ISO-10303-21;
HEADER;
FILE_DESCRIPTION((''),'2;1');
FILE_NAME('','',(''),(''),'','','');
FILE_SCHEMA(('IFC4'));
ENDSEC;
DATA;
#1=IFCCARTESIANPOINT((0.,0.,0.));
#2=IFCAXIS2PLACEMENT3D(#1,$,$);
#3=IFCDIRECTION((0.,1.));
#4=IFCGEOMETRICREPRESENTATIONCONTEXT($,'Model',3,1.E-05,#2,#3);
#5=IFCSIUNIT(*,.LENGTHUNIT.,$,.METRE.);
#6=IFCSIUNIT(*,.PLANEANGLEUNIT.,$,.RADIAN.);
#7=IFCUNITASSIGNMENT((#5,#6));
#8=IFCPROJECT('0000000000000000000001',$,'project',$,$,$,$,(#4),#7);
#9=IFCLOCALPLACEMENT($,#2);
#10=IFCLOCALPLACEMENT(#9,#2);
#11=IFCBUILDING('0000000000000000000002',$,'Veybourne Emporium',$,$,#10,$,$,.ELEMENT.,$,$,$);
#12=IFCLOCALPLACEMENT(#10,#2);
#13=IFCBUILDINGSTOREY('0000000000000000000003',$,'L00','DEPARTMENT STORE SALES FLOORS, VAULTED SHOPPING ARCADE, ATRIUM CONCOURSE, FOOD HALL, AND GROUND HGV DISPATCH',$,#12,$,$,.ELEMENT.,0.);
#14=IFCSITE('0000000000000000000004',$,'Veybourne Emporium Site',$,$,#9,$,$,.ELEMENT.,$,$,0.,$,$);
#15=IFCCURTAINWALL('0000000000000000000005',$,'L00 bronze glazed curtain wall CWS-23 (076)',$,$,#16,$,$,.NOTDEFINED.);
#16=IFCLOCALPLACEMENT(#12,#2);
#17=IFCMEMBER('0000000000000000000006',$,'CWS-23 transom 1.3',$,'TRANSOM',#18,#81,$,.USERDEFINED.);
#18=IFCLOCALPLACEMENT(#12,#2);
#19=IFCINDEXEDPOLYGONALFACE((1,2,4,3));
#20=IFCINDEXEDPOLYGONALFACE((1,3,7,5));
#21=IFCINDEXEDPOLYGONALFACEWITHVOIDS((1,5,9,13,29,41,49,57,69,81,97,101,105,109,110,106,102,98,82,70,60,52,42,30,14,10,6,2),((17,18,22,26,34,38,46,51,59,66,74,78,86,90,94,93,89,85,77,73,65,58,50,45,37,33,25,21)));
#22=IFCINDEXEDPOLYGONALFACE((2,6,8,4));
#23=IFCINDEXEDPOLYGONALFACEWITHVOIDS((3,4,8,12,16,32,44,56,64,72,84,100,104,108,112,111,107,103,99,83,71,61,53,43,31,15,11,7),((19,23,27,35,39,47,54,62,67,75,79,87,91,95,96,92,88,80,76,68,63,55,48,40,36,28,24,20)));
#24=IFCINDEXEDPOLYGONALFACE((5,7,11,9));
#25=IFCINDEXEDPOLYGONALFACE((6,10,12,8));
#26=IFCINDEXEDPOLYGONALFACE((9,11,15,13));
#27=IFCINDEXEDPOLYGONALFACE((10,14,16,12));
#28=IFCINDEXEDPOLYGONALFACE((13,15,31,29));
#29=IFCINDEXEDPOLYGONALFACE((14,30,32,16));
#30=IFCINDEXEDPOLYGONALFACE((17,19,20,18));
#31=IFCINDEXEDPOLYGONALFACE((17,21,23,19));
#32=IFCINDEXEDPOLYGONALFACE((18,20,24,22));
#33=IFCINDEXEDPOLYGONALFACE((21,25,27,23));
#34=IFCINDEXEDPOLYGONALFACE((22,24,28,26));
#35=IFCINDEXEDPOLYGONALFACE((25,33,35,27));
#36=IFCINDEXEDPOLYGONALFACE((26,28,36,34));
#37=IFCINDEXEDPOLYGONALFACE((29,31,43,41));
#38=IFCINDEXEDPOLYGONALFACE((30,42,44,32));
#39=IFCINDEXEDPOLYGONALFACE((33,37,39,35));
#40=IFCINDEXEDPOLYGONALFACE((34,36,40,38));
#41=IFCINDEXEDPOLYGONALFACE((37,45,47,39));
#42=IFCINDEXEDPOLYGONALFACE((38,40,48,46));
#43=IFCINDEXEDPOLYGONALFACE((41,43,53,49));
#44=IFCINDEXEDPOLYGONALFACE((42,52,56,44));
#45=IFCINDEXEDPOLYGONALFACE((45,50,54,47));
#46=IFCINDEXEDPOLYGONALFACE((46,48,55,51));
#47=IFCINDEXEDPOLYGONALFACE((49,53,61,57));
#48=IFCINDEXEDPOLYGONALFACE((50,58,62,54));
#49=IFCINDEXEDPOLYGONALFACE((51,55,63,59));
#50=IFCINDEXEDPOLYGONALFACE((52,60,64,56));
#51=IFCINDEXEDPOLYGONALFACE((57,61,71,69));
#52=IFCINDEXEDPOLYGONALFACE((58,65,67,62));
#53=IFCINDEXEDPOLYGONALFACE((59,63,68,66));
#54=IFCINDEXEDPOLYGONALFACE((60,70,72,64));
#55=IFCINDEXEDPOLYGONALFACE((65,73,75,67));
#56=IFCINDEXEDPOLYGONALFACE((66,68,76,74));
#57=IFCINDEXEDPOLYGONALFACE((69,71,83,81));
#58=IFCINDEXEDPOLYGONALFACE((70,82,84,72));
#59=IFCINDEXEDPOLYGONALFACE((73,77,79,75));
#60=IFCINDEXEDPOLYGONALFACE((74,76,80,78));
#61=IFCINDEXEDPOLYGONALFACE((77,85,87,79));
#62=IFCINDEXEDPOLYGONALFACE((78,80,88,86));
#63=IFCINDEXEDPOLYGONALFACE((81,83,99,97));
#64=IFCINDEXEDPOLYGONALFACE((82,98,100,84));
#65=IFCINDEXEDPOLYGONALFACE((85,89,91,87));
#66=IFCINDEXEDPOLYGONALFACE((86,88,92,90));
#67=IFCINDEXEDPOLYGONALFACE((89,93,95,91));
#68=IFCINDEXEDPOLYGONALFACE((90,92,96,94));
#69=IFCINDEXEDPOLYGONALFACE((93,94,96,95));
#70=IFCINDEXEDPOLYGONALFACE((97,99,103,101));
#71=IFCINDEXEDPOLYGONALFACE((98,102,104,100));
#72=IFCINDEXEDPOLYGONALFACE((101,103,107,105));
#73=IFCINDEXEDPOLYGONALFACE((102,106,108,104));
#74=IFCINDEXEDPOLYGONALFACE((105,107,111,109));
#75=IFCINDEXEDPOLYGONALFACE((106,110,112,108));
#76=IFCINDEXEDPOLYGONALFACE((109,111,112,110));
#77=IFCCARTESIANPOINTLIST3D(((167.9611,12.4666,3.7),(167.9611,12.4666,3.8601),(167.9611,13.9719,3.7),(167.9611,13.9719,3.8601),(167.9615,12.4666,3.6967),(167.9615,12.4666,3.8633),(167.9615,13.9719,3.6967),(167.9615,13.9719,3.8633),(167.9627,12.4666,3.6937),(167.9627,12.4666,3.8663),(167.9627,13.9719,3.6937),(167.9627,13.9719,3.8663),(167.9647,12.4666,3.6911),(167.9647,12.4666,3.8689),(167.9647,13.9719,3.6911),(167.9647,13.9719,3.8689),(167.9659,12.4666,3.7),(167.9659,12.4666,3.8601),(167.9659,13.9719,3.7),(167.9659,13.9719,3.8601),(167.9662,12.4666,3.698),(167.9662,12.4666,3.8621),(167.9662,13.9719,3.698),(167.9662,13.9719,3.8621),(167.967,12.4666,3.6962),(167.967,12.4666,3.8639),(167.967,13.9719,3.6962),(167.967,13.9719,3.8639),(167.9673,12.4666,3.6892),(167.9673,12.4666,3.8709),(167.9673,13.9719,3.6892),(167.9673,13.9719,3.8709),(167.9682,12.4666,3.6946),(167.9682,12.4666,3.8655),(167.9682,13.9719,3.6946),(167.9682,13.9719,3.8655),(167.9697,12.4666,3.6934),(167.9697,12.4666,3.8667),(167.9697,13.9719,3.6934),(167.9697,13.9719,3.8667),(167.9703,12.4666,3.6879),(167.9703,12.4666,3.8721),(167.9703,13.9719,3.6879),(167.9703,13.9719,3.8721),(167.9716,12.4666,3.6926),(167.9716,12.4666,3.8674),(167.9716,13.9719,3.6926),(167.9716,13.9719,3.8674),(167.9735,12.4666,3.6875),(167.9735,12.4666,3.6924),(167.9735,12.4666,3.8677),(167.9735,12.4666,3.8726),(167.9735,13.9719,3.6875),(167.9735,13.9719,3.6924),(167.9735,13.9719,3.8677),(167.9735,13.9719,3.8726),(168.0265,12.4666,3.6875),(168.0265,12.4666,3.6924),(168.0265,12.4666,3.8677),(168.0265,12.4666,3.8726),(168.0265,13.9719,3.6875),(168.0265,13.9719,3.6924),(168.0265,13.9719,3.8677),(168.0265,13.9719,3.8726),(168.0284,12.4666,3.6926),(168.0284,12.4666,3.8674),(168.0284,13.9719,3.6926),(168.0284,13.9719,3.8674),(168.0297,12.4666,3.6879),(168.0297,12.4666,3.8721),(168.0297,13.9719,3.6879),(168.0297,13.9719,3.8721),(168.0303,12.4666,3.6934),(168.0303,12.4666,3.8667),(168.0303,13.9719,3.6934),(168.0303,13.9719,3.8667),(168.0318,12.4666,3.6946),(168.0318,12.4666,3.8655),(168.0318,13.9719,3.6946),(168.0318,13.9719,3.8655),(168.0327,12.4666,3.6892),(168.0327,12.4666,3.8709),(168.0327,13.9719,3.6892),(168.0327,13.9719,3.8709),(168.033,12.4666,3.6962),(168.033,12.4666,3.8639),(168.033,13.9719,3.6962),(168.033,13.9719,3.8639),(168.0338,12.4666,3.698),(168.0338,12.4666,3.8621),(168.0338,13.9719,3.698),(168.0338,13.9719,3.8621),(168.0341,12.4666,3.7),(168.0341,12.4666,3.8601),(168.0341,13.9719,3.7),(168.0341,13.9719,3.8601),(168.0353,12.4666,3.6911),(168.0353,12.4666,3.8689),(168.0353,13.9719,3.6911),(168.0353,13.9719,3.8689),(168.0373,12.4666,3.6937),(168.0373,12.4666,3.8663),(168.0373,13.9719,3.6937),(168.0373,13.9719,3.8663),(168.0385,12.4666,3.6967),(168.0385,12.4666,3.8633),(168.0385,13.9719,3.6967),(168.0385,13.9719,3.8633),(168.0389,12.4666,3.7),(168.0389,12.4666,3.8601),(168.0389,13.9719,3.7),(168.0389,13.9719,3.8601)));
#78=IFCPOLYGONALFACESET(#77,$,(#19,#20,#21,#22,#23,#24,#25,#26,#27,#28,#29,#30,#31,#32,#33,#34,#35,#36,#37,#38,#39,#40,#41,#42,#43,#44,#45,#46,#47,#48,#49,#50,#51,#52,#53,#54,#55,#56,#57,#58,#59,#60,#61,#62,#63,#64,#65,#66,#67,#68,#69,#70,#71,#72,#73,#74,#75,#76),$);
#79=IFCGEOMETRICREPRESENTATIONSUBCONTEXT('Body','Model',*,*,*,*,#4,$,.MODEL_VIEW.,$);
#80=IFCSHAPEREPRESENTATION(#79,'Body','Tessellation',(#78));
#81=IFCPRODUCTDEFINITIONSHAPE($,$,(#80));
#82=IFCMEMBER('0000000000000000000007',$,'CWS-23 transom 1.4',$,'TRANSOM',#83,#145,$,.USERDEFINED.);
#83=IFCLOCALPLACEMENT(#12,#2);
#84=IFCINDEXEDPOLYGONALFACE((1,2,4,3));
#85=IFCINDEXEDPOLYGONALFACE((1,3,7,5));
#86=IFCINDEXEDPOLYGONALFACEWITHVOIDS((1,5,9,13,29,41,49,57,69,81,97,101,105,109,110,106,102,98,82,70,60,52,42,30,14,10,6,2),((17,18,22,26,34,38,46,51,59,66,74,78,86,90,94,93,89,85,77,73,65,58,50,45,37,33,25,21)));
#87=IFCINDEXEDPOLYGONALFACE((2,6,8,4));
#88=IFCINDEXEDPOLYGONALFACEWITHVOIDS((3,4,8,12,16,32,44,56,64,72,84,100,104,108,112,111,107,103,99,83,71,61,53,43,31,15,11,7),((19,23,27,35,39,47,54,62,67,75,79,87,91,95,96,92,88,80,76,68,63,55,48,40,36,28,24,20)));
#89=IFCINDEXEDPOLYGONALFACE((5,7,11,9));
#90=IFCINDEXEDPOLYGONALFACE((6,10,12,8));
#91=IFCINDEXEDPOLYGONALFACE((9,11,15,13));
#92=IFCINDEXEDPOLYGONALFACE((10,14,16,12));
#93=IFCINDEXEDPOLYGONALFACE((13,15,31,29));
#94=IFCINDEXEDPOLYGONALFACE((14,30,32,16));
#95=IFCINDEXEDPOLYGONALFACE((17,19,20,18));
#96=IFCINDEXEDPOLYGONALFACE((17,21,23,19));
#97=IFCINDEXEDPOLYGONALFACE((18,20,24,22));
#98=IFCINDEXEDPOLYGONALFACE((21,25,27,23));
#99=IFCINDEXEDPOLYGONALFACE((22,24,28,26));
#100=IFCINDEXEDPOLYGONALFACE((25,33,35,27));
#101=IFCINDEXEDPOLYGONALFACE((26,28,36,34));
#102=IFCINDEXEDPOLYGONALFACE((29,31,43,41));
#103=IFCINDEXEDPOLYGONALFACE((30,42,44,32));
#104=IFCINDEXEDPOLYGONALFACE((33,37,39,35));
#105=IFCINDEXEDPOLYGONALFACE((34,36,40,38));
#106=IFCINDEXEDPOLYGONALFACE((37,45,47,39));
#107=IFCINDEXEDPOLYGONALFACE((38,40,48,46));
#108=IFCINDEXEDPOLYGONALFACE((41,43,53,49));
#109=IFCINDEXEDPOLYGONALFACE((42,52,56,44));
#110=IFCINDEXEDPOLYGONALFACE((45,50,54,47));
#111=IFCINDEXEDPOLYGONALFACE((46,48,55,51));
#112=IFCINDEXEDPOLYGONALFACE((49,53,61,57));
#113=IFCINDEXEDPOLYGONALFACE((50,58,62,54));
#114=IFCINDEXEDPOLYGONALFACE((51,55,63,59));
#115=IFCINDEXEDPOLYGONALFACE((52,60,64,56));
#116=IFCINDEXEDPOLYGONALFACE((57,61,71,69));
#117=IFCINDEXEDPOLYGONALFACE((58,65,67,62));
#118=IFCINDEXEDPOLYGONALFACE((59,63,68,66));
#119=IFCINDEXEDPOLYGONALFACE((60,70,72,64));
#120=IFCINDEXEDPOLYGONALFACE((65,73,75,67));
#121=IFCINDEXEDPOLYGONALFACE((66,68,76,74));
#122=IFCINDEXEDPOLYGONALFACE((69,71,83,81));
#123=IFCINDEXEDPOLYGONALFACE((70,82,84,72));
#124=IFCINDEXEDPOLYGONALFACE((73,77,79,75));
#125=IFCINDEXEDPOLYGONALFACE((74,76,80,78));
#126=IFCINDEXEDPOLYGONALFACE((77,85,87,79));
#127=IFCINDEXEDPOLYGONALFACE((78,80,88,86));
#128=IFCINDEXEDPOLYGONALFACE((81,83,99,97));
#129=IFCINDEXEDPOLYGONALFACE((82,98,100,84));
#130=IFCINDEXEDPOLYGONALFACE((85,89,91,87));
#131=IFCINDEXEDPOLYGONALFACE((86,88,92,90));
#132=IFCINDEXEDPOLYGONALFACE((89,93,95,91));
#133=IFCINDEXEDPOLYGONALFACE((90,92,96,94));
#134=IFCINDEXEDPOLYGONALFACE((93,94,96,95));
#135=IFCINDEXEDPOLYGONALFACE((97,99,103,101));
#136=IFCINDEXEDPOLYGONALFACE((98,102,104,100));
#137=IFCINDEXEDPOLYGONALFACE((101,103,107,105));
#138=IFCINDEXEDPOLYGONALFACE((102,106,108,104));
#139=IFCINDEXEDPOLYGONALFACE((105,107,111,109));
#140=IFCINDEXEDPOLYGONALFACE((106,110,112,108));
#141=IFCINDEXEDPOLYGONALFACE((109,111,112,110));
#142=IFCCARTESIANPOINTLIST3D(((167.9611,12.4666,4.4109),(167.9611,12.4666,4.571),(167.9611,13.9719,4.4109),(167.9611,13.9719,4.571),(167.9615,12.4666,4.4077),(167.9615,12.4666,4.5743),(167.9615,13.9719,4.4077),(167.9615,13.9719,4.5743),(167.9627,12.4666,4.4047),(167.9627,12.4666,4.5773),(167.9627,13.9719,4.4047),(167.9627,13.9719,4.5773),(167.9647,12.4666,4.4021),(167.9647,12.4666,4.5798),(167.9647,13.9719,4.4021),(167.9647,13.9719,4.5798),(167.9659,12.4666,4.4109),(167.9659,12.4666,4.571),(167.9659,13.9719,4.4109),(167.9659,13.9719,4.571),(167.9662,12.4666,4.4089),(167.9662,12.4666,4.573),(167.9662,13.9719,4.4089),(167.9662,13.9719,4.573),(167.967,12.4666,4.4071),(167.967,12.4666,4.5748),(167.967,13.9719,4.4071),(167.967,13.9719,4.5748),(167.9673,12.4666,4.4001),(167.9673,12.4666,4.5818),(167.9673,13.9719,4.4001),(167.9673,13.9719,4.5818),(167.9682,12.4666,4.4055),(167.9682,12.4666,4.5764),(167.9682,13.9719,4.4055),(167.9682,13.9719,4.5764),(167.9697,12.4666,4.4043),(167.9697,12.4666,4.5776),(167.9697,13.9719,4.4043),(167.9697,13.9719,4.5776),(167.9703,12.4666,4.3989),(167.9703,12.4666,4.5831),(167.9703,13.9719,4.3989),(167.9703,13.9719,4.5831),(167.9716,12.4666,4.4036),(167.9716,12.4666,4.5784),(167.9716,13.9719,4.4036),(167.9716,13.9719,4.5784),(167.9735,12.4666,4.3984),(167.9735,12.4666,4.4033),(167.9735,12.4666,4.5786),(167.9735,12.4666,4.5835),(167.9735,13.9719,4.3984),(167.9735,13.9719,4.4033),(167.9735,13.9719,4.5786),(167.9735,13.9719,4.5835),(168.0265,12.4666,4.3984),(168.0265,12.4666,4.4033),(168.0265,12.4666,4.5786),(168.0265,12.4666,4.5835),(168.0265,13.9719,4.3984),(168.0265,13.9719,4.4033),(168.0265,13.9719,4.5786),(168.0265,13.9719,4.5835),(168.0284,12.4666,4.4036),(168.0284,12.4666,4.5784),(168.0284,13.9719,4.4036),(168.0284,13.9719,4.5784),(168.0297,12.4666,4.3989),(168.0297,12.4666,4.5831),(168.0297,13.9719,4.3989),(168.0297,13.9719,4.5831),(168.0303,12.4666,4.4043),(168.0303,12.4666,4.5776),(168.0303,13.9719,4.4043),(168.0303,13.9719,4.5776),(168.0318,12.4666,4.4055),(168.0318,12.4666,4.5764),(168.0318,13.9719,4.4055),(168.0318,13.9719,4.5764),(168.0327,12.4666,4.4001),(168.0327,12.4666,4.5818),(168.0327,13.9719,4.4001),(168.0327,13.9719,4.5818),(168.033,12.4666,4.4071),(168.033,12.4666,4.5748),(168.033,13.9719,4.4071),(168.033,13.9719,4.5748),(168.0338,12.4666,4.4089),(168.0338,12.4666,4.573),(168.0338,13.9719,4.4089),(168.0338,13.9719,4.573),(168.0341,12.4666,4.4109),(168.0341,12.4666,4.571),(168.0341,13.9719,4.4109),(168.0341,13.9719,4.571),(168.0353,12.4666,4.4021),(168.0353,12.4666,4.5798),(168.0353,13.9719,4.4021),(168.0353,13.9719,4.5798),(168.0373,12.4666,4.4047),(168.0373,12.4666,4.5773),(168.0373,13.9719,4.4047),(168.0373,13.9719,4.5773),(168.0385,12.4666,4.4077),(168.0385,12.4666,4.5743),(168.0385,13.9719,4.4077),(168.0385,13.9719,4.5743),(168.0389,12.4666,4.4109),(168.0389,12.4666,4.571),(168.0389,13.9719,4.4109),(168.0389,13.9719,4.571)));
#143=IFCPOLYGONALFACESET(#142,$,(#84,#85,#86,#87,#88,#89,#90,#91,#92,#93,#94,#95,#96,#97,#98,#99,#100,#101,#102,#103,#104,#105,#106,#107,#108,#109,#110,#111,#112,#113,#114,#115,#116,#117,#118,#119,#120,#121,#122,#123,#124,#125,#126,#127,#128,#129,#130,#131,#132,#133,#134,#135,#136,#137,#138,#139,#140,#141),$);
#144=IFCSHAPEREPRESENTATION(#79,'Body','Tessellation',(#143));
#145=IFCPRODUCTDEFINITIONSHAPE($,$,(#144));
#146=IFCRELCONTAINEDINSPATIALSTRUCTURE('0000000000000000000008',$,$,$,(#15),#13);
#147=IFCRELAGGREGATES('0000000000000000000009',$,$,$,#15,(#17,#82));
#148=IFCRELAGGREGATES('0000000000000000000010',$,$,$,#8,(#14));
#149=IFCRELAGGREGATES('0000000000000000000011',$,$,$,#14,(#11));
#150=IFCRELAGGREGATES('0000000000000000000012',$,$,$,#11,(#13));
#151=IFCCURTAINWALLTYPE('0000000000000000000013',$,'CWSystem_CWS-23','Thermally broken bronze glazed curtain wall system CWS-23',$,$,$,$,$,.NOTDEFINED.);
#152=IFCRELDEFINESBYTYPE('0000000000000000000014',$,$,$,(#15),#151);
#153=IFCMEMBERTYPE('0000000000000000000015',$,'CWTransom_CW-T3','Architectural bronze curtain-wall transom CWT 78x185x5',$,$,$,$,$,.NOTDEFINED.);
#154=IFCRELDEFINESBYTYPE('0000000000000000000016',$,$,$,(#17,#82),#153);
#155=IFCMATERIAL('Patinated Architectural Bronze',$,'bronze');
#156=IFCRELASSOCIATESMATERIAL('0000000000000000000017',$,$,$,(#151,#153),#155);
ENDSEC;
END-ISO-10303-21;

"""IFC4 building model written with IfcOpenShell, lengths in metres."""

from ifc_helpers import new_model, si_unit, direction, frame, origin, origin_2d, place, context, subcontext, project, spatial, hollow_rectangle, extrude, material, material_profile, profile_set, type_object, element, aggregate, save


model = new_model("IFC4")

# Units and contexts
model_context = context("Model", 3, precision=1e-05, world=origin(), true_north=direction((0.0, 1.0)))
body_context = subcontext(model_context, "Body", "Model", "MODEL_VIEW")
ifc_project = project(units=[si_unit("LENGTHUNIT", "METRE"), si_unit("PLANEANGLEUNIT", "RADIAN")], contexts=[model_context])

# Site, building, storey
site_placement = place(None, origin())
site = spatial("IfcSite", under=ifc_project, at=site_placement, Name="Veybourne Emporium Site", CompositionType="ELEMENT", RefElevation=0.0)
building_placement = place(site_placement, origin())
building = spatial("IfcBuilding", under=site, at=building_placement, Name="Veybourne Emporium", CompositionType="ELEMENT")
storey_placement = place(building_placement, origin())
storey = spatial("IfcBuildingStorey", under=building, at=storey_placement, Name="L00", Description="DEPARTMENT STORE SALES FLOORS, VAULTED SHOPPING ARCADE, ATRIUM CONCOURSE, FOOD HALL, AND GROUND HGV DISPATCH", CompositionType="ELEMENT", Elevation=0.0)

# Curtain wall
ifc_material_1 = material(Name="Patinated Architectural Bronze", Category="bronze")
curtain_wall_type_1 = type_object("IfcCurtainWallType", Name="CWSystem_CWS-23", Description="Thermally broken bronze glazed curtain wall system CWS-23", PredefinedType="NOTDEFINED", material=ifc_material_1)
curtain_wall_1_placement = place(storey_placement, origin())
curtain_wall_1 = element("IfcCurtainWall", 1, at=curtain_wall_1_placement, inside=storey, type_object=curtain_wall_type_1, Name="L00 bronze glazed curtain wall CWS-23 (076)", PredefinedType="NOTDEFINED")

# Members
ifc_material_profile_1 = material_profile(ifc_material_1, hollow_rectangle(XDim=0.0779, YDim=0.1851, WallThickness=0.0049, InnerFilletRadius=0.0076, OuterFilletRadius=0.0125, at=origin_2d()), Name="CWT 78x185x5")
ifc_profile_set_1 = profile_set([ifc_material_profile_1], Name="Patinated Architectural Bronze")
member_type_1 = type_object("IfcMemberType", Name="CWTransom_CW-T3", Description="Architectural bronze curtain-wall transom CWT 78x185x5", PredefinedType="NOTDEFINED", material=ifc_profile_set_1)
member_1_placement = place(storey_placement, frame((168.0, 13.9719, 3.78), z_axis=(0.0, -1.0, 0.0), x_axis=(1.0, 0.0, 0.0)))
member_1 = element("IfcMember", 2, at=member_1_placement, type_object=member_type_1, Name="CWS-23 transom 1.3", ObjectType="TRANSOM", PredefinedType="USERDEFINED", context=body_context, shape_type="SweptSolid", body=[
    extrude(hollow_rectangle(XDim=0.0779, YDim=0.1851, WallThickness=0.0049, InnerFilletRadius=0.0076, OuterFilletRadius=0.0125, at=origin_2d()), origin(), (0.0, 0.0, 1.0), 1.5054),
])
member_2_placement = place(storey_placement, frame((168.0, 13.9719, 4.491), z_axis=(0.0, -1.0, 0.0), x_axis=(1.0, 0.0, 0.0)))
member_2 = element("IfcMember", 3, at=member_2_placement, type_object=member_type_1, Name="CWS-23 transom 1.4", ObjectType="TRANSOM", PredefinedType="USERDEFINED", context=body_context, shape_type="SweptSolid", body=[
    extrude(hollow_rectangle(XDim=0.0779, YDim=0.1851, WallThickness=0.0049, InnerFilletRadius=0.0076, OuterFilletRadius=0.0125, at=origin_2d()), origin(), (0.0, 0.0, 1.0), 1.5054),
])

aggregate(curtain_wall_1, [member_1, member_2])

save(model, "model.ifc")
